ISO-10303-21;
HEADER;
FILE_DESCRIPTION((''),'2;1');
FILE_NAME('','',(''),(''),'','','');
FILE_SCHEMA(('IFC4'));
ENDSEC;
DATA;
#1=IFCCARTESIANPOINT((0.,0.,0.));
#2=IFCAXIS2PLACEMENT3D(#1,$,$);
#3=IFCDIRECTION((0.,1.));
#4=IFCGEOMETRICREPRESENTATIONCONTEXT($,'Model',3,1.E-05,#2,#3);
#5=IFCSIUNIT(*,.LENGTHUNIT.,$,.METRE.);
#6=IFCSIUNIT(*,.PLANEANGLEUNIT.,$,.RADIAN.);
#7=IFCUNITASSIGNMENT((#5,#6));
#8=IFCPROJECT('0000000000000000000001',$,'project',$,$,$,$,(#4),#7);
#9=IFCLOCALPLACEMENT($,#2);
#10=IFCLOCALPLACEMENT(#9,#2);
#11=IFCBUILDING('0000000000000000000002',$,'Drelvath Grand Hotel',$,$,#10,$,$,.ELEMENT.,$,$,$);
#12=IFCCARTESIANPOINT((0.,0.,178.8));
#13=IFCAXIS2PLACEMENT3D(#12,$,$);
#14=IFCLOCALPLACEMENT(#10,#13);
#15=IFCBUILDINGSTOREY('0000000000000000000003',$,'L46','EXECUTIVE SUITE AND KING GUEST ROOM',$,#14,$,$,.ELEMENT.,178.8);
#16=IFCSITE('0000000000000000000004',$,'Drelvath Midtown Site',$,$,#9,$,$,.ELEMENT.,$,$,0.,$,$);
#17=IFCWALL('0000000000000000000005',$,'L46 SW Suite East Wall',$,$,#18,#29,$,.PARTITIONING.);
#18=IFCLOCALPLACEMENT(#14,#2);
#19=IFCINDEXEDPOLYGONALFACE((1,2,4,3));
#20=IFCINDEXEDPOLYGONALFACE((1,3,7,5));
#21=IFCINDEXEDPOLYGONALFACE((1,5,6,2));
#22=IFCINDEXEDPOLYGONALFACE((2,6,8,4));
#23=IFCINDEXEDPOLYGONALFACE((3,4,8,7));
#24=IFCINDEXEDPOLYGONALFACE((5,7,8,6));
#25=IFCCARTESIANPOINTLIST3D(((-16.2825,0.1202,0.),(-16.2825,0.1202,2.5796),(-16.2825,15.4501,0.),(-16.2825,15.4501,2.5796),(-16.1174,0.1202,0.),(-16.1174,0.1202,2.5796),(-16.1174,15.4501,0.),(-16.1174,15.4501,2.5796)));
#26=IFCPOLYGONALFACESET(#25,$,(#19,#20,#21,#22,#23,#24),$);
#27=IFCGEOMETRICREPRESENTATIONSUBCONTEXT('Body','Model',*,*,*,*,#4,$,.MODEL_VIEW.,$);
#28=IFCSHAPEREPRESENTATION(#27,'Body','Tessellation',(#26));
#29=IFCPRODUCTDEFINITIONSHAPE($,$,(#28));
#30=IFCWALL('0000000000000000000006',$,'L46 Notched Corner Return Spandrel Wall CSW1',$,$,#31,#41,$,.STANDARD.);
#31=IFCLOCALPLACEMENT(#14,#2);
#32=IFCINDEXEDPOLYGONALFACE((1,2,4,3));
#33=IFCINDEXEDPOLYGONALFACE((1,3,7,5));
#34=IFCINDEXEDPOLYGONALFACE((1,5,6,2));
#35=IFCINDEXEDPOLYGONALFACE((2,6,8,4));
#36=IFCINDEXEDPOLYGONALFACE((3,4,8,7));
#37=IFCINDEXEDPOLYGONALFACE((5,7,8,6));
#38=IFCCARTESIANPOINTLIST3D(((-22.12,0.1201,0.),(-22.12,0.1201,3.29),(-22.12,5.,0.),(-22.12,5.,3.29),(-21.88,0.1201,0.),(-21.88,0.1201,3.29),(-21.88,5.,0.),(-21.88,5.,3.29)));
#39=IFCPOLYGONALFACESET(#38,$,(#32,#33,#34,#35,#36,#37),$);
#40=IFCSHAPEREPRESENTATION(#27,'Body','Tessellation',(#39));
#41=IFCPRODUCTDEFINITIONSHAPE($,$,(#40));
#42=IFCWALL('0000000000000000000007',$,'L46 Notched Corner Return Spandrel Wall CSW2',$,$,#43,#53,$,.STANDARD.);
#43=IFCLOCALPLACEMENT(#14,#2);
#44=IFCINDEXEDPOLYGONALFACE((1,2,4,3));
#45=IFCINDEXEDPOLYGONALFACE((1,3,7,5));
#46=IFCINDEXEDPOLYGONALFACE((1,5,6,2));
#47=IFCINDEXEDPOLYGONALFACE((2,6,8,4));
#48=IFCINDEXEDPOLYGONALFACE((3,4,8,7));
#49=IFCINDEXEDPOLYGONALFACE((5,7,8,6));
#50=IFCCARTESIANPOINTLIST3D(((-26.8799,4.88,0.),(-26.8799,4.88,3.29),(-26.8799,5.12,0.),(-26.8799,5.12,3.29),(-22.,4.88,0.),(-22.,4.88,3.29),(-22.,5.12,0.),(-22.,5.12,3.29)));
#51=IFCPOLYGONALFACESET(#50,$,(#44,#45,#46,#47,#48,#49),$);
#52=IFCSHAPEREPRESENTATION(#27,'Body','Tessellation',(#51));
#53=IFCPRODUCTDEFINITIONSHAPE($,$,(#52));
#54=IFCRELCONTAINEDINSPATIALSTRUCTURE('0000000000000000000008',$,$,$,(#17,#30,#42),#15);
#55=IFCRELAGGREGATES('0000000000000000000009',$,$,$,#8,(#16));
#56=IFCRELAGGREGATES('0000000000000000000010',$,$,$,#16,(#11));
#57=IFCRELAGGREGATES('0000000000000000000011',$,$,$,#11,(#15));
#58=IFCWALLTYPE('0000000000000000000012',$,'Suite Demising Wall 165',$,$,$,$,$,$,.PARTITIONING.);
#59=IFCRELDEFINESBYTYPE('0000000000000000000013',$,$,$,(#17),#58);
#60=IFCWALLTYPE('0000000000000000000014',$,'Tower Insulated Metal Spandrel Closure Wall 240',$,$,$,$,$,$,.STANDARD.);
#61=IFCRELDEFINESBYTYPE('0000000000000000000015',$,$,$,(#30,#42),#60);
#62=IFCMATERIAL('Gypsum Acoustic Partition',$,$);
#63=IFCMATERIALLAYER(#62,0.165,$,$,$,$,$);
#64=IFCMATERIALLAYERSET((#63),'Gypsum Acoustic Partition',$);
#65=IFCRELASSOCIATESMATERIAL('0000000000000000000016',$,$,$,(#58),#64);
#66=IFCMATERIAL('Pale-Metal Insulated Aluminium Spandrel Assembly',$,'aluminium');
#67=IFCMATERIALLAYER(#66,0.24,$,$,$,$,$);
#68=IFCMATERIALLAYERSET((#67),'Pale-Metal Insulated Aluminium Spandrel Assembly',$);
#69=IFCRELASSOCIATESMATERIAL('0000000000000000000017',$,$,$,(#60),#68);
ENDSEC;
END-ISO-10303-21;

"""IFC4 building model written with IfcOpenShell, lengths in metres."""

from ifc_helpers import new_model, si_unit, direction, frame, frame_2d, origin, place, context, subcontext, project, spatial, rectangle, extrude, material, layer, layer_set, type_object, element, save


model = new_model("IFC4")

# Units and contexts
model_context = context("Model", 3, precision=1e-05, world=origin(), true_north=direction((0.0, 1.0)))
body_context = subcontext(model_context, "Body", "Model", "MODEL_VIEW")
ifc_project = project(units=[si_unit("LENGTHUNIT", "METRE"), si_unit("PLANEANGLEUNIT", "RADIAN")], contexts=[model_context])

# Site, building, storey
site_placement = place(None, origin())
site = spatial("IfcSite", under=ifc_project, at=site_placement, Name="Drelvath Midtown Site", CompositionType="ELEMENT", RefElevation=0.0)
building_placement = place(site_placement, origin())
building = spatial("IfcBuilding", under=site, at=building_placement, Name="Drelvath Grand Hotel", CompositionType="ELEMENT")
storey_placement = place(building_placement, frame((0.0, 0.0, 178.8)))
storey = spatial("IfcBuildingStorey", under=building, at=storey_placement, Name="L46", Description="EXECUTIVE SUITE AND KING GUEST ROOM", CompositionType="ELEMENT", Elevation=178.8)

# Walls
ifc_material_1 = material(Name="Gypsum Acoustic Partition")
ifc_layer_1 = layer(ifc_material_1, 0.165)
ifc_layer_set_1 = layer_set([ifc_layer_1], Name="Gypsum Acoustic Partition")
wall_type_1 = type_object("IfcWallType", Name="Suite Demising Wall 165", PredefinedType="PARTITIONING", material=ifc_layer_set_1)
wall_placement = place(storey_placement, frame((-16.2, 0.1201, 0.0), z_axis=(0.0, 0.0, 1.0), x_axis=(0.0, 1.0, 0.0)))
element("IfcWall", 1, at=wall_placement, inside=storey, type_object=wall_type_1, Name="L46 SW Suite East Wall", PredefinedType="PARTITIONING", context=body_context, shape_type="SweptSolid", body=[
    extrude(rectangle(XDim=15.3298, YDim=0.165, at=frame_2d((7.665, 0.0))), origin(), (0.0, 0.0, 1.0), 2.5796),
])
ifc_material_2 = material(Name="Pale-Metal Insulated Aluminium Spandrel Assembly", Category="aluminium")
ifc_layer_2 = layer(ifc_material_2, 0.24)
ifc_layer_set_2 = layer_set([ifc_layer_2], Name="Pale-Metal Insulated Aluminium Spandrel Assembly")
wall_type_2 = type_object("IfcWallType", Name="Tower Insulated Metal Spandrel Closure Wall 240", PredefinedType="STANDARD", material=ifc_layer_set_2)
for number, where, z_axis, x_axis, name in (
    (2, (-22.0, 0.1201, 0.0), (0.0, 0.0, 1.0), (0.0, 1.0, 0.0), "L46 Notched Corner Return Spandrel Wall CSW1"),
    (3, (-22.0, 5.0, 0.0), (0.0, 0.0, 1.0), (-1.0, 0.0, 0.0), "L46 Notched Corner Return Spandrel Wall CSW2"),
):
    element("IfcWall", number, at=place(storey_placement, frame(where, z_axis=z_axis, x_axis=x_axis)), inside=storey, type_object=wall_type_2, Name=name, PredefinedType="STANDARD", context=body_context, shape_type="SweptSolid", body=[
        extrude(rectangle(XDim=4.8799, YDim=0.24, at=frame_2d((2.4399, 0.0))), origin(), (0.0, 0.0, 1.0), 3.29),
    ])

save(model, "model.ifc")
